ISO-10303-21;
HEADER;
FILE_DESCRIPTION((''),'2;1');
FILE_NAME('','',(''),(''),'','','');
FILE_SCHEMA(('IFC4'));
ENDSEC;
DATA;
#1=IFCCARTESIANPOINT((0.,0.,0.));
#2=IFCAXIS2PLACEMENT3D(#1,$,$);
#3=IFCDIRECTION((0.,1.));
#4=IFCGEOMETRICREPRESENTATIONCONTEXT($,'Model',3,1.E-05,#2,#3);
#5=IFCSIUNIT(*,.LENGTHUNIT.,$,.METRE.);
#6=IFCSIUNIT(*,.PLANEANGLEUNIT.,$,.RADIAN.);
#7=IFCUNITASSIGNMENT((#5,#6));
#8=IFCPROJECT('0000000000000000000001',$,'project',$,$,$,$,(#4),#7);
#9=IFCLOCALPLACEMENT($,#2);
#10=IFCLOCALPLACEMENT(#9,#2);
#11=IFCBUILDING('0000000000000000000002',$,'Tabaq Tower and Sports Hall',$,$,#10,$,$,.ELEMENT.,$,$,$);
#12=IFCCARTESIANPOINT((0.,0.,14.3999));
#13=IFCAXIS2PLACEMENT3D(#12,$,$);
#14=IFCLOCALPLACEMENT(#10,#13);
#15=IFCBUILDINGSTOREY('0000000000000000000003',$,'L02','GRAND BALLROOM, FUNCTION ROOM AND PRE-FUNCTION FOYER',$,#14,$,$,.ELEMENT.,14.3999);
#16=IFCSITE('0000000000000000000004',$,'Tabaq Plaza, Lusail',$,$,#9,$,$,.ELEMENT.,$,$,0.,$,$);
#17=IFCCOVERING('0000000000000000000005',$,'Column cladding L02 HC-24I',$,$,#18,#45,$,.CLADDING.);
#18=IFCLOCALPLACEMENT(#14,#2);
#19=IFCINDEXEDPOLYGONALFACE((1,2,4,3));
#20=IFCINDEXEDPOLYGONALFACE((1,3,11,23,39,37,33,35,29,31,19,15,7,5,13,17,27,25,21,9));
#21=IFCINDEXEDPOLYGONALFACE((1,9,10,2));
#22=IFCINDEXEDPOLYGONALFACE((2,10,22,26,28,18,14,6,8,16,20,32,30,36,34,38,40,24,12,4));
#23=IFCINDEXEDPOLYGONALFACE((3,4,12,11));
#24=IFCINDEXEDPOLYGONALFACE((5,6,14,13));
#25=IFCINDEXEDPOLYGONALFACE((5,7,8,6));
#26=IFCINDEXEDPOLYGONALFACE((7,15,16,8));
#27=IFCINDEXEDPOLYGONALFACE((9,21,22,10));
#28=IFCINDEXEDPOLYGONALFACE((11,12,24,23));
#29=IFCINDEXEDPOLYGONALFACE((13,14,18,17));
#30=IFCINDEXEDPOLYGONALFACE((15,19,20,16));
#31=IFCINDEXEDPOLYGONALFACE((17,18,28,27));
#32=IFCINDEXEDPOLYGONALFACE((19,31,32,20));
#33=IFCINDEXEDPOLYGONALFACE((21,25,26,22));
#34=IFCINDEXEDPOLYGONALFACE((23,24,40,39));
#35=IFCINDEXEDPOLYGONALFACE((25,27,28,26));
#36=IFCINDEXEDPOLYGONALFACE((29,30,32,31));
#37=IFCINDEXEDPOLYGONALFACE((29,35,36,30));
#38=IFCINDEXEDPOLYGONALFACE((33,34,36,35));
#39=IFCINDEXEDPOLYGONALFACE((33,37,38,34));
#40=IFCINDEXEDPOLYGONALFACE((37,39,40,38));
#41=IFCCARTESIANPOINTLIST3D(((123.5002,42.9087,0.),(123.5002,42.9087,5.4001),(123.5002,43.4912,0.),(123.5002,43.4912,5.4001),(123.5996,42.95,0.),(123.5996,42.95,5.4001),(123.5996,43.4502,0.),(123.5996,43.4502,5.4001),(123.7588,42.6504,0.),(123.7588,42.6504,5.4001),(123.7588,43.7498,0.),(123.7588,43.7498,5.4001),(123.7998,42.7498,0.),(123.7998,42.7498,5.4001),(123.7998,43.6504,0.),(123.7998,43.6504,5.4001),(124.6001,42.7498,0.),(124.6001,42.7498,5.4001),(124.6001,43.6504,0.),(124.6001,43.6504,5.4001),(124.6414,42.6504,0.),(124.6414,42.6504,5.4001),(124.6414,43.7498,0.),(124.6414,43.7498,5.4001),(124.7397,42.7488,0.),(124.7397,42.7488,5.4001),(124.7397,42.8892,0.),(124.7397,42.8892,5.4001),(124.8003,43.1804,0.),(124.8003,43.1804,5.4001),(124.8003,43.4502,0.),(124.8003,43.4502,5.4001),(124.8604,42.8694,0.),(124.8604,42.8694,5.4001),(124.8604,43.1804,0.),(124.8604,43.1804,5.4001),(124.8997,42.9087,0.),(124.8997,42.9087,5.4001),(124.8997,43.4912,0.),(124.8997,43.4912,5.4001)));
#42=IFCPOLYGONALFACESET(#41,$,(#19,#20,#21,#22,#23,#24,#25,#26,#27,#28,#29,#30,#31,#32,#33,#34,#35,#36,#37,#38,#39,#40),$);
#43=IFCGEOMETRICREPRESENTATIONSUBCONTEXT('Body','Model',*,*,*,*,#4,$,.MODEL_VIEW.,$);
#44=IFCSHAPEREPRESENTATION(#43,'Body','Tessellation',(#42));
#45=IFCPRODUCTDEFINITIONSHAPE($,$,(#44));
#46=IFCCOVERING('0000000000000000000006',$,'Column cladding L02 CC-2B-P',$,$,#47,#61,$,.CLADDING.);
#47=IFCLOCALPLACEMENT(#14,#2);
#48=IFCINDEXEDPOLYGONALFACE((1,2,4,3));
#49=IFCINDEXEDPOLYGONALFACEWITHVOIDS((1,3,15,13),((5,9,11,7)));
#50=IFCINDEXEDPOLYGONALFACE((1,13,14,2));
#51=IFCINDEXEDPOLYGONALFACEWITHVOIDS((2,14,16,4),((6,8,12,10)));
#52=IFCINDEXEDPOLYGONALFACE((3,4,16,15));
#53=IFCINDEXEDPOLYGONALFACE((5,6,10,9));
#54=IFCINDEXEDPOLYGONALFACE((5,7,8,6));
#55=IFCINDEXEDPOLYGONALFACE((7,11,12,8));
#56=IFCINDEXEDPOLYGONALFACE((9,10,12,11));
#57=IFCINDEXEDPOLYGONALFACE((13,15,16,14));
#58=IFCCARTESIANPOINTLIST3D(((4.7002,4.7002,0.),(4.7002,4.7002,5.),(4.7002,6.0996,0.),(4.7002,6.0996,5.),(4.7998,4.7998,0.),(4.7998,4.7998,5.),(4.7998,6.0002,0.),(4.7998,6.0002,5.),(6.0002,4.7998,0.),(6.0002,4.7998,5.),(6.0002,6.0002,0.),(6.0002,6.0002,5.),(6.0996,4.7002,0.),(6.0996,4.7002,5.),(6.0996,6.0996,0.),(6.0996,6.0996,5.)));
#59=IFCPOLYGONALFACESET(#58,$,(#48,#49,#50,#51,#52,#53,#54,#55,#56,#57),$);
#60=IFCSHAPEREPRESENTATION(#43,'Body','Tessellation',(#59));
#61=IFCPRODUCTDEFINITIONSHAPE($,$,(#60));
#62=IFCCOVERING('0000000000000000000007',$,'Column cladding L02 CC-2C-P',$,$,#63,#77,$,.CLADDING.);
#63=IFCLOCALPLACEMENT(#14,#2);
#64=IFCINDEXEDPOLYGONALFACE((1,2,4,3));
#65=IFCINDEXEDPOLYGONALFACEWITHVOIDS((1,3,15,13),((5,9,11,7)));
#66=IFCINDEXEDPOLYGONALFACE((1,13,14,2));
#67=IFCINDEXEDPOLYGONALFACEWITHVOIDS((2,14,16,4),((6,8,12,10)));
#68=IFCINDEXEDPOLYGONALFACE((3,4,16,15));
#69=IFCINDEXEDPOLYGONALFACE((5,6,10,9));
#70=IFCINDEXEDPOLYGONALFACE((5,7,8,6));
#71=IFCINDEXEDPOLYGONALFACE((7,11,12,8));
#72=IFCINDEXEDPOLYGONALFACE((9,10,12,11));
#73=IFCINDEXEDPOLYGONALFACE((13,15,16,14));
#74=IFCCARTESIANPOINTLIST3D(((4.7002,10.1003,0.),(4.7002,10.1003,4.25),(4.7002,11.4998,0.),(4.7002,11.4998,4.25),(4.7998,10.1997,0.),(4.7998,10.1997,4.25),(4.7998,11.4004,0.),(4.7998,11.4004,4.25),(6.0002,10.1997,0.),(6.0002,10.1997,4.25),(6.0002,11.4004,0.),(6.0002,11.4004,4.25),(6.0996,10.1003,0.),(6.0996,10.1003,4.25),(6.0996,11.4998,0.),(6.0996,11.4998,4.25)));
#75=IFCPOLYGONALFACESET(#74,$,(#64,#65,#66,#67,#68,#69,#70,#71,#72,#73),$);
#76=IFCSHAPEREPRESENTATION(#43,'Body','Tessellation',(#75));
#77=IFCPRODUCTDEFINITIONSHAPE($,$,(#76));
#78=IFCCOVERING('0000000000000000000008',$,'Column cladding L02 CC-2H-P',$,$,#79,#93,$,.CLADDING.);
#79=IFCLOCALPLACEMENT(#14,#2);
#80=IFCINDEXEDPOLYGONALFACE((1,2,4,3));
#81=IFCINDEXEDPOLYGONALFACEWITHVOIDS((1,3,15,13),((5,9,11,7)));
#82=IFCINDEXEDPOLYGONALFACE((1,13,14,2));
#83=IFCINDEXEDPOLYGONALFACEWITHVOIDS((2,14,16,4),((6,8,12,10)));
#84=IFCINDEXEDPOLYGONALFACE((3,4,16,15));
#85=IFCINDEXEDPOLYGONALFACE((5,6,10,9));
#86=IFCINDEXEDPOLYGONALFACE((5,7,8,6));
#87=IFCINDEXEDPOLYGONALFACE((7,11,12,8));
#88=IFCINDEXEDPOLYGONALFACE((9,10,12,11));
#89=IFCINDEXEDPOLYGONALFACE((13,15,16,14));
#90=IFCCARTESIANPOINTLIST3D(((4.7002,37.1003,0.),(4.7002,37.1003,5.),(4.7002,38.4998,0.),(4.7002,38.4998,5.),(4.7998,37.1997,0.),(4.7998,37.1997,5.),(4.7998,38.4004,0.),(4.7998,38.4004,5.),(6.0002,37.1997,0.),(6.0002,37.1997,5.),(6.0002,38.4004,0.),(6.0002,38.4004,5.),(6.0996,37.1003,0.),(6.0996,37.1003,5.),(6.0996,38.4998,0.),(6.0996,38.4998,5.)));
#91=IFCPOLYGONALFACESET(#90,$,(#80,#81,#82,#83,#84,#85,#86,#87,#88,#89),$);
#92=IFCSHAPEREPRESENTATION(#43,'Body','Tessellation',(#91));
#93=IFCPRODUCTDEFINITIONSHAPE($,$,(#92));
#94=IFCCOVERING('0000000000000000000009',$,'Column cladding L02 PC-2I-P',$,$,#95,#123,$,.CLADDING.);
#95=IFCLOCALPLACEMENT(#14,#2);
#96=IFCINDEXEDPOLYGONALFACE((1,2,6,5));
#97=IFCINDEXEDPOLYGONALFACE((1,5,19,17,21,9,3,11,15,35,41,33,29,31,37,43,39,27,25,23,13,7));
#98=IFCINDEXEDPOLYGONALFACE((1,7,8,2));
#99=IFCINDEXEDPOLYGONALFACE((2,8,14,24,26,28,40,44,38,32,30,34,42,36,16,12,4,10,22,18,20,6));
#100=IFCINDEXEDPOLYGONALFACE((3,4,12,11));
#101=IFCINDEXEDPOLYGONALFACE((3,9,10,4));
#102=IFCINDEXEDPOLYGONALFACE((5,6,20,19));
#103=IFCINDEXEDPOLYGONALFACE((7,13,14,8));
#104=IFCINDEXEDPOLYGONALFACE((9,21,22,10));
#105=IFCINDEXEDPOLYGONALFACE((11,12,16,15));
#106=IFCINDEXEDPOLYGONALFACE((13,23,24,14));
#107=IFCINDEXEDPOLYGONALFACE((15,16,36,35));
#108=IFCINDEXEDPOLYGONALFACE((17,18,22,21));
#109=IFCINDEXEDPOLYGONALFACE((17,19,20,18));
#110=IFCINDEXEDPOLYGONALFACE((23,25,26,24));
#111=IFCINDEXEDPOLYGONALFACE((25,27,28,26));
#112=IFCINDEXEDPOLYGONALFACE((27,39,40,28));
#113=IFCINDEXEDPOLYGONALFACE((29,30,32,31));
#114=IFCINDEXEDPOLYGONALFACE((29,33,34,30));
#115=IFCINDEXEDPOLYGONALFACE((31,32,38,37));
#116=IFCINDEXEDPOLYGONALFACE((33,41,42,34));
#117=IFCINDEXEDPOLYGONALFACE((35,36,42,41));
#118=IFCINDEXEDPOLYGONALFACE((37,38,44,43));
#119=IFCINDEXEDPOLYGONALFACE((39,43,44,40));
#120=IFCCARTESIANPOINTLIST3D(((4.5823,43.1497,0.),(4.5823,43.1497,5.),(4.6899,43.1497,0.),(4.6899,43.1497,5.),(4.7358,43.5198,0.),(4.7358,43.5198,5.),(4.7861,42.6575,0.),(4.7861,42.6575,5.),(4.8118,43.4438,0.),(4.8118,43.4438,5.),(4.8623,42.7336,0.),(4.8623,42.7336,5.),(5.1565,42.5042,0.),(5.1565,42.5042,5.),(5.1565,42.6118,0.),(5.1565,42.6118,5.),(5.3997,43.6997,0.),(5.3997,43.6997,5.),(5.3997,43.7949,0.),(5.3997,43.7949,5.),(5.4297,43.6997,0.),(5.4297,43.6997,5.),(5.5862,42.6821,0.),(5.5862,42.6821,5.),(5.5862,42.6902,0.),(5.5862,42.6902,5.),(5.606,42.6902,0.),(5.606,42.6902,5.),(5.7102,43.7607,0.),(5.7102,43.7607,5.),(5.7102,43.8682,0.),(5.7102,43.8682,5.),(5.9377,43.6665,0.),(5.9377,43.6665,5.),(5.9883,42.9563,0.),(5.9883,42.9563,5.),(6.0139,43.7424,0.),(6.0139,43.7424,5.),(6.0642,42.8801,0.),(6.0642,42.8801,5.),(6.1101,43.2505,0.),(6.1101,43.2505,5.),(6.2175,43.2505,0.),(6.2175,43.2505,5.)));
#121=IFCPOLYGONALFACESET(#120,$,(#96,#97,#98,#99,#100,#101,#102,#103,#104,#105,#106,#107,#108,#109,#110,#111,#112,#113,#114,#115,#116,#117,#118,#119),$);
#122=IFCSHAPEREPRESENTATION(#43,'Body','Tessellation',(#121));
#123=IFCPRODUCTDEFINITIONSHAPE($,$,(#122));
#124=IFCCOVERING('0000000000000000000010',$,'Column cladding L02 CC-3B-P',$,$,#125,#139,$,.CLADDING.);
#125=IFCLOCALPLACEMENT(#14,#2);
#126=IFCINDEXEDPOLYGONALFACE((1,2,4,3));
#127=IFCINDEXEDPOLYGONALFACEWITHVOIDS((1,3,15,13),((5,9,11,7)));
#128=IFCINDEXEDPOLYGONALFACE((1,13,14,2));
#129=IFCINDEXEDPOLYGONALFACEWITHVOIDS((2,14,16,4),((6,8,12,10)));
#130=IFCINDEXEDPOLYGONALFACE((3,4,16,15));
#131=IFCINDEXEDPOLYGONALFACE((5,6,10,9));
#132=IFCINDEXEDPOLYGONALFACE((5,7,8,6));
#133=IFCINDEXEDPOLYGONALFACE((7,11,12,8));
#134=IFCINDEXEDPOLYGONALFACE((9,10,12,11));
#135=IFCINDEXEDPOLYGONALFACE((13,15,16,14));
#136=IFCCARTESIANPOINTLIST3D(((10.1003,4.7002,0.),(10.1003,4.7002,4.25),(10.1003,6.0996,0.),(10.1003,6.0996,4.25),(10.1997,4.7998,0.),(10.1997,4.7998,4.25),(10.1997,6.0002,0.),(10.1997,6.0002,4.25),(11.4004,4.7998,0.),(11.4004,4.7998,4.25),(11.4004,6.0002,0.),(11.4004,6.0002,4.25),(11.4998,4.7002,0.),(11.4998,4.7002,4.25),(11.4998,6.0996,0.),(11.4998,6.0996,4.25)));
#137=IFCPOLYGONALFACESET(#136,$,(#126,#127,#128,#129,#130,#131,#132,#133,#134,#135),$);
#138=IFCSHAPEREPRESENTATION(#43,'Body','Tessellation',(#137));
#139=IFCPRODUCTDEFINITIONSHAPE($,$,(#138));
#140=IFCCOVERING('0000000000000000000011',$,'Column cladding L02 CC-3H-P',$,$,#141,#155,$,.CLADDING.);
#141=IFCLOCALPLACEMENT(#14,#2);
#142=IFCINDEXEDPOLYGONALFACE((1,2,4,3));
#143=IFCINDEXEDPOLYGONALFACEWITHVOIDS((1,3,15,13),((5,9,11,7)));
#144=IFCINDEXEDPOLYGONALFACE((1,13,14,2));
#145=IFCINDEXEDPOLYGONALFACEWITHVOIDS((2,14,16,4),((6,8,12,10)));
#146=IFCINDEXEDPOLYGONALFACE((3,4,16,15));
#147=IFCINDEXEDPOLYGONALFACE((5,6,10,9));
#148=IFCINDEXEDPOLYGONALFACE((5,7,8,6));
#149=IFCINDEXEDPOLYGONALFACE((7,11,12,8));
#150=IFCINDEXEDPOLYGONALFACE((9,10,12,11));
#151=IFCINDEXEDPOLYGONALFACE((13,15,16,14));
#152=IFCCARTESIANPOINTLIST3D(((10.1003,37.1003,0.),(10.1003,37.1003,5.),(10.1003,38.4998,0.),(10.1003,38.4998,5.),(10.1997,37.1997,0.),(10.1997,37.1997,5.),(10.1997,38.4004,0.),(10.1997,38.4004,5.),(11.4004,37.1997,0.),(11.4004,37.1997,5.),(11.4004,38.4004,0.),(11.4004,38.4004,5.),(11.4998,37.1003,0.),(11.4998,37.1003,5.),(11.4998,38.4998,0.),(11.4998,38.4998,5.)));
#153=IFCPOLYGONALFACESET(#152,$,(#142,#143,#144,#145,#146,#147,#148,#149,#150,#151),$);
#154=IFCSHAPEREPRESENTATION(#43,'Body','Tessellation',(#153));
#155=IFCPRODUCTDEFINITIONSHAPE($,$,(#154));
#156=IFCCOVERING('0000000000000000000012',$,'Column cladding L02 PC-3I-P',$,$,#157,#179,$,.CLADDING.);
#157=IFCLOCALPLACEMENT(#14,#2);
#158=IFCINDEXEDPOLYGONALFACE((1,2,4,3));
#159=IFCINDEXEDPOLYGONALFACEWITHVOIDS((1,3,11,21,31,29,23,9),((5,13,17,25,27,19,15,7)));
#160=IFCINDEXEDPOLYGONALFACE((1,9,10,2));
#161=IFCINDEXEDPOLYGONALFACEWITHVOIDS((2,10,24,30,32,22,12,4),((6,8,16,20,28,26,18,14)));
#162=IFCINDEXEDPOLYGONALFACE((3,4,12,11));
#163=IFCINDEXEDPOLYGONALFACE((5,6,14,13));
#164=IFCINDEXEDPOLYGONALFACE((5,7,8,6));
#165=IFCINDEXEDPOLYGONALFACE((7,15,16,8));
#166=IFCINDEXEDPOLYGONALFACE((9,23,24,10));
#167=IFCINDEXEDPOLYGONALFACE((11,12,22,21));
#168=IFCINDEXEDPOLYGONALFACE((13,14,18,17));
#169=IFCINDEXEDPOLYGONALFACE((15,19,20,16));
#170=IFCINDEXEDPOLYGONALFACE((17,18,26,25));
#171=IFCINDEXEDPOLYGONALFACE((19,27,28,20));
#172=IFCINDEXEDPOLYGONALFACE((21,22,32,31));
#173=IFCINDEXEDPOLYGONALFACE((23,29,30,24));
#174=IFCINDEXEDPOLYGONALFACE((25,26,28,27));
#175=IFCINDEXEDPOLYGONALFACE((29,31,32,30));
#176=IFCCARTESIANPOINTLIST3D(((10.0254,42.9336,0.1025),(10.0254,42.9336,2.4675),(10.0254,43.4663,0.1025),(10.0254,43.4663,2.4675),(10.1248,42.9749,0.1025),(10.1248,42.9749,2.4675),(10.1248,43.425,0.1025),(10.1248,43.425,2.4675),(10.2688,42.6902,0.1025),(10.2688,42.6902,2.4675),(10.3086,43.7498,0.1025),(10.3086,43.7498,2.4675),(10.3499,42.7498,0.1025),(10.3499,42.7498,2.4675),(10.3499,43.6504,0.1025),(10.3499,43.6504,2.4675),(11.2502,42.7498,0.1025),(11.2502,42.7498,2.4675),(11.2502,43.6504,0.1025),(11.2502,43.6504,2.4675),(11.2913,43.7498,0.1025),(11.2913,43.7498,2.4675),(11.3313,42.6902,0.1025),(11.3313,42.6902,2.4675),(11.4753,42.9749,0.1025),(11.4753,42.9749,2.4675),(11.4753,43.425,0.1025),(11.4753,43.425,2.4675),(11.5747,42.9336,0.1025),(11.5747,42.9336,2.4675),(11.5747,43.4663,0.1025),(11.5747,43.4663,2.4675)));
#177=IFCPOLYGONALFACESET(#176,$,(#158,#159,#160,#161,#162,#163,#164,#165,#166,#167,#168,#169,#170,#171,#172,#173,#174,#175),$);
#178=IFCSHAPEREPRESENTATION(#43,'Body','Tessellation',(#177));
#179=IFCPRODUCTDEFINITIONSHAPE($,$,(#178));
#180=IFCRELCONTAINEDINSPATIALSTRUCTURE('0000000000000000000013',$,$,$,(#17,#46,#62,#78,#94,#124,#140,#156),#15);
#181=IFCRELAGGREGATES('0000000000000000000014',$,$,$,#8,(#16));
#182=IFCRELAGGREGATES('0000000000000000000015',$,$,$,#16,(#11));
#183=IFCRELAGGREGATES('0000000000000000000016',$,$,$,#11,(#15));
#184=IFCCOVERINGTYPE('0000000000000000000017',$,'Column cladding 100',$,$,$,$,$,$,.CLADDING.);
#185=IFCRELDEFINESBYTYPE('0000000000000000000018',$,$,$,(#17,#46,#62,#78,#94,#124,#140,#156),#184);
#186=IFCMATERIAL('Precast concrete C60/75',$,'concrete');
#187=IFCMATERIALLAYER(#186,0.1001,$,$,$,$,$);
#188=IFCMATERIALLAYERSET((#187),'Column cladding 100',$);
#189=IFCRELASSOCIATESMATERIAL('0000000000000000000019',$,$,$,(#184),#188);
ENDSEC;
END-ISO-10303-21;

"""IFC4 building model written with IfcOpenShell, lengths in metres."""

from ifc_helpers import new_model, si_unit, direction, frame, origin, place, context, subcontext, project, spatial, polyline, outline, extrude, material, layer, layer_set, type_object, element, save


model = new_model("IFC4")

# Units and contexts
model_context = context("Model", 3, precision=1e-05, world=origin(), true_north=direction((0.0, 1.0)))
body_context = subcontext(model_context, "Body", "Model", "MODEL_VIEW")
ifc_project = project(units=[si_unit("LENGTHUNIT", "METRE"), si_unit("PLANEANGLEUNIT", "RADIAN")], contexts=[model_context])

# Site, building, storey
site_placement = place(None, origin())
site = spatial("IfcSite", under=ifc_project, at=site_placement, Name="Tabaq Plaza, Lusail", CompositionType="ELEMENT", RefElevation=0.0)
building_placement = place(site_placement, origin())
building = spatial("IfcBuilding", under=site, at=building_placement, Name="Tabaq Tower and Sports Hall", CompositionType="ELEMENT")
storey_placement = place(building_placement, frame((0.0, 0.0, 14.3999)))
storey = spatial("IfcBuildingStorey", under=building, at=storey_placement, Name="L02", Description="GRAND BALLROOM, FUNCTION ROOM AND PRE-FUNCTION FOYER", CompositionType="ELEMENT", Elevation=14.3999)

# Coverings
ifc_material = material(Name="Precast concrete C60/75", Category="concrete")
ifc_layer = layer(ifc_material, 0.1001)
ifc_layer_set = layer_set([ifc_layer], Name="Column cladding 100")
covering_type = type_object("IfcCoveringType", Name="Column cladding 100", PredefinedType="CLADDING", material=ifc_layer_set)
covering_1_placement = place(storey_placement, origin())
element("IfcCovering", 1, at=covering_1_placement, inside=storey, type_object=covering_type, Name="Column cladding L02 HC-24I", PredefinedType="CLADDING", context=body_context, shape_type="SweptSolid", body=[
    extrude(outline(polyline([(123.5002, 43.4912), (123.7588, 43.7498), (124.6414, 43.7498), (124.8997, 43.4912), (124.8997, 42.9087), (124.8604, 42.8694), (124.8604, 43.1804), (124.8003, 43.1804), (124.8003, 43.4502), (124.6001, 43.6504), (123.7998, 43.6504), (123.5996, 43.4502), (123.5996, 42.95), (123.7998, 42.7498), (124.6001, 42.7498), (124.7397, 42.8892), (124.7397, 42.7488), (124.6414, 42.6504), (123.7588, 42.6504), (123.5002, 42.9087), (123.5002, 43.4912)])), origin(), (0.0, 0.0, 1.0), 5.4001),
])
covering_2_placement = place(storey_placement, origin())
element("IfcCovering", 2, at=covering_2_placement, inside=storey, type_object=covering_type, Name="Column cladding L02 CC-2B-P", PredefinedType="CLADDING", context=body_context, shape_type="SweptSolid", body=[
    extrude(outline(polyline([(4.7002, 6.0996), (6.0996, 6.0996), (6.0996, 4.7002), (4.7002, 4.7002), (4.7002, 6.0996)]), holes=[polyline([(6.0002, 4.7998), (6.0002, 6.0002), (4.7998, 6.0002), (4.7998, 4.7998), (6.0002, 4.7998)])]), origin(), (0.0, 0.0, 1.0), 5.0),
])
covering_3_placement = place(storey_placement, origin())
element("IfcCovering", 3, at=covering_3_placement, inside=storey, type_object=covering_type, Name="Column cladding L02 CC-2C-P", PredefinedType="CLADDING", context=body_context, shape_type="SweptSolid", body=[
    extrude(outline(polyline([(4.7002, 11.4998), (6.0996, 11.4998), (6.0996, 10.1003), (4.7002, 10.1003), (4.7002, 11.4998)]), holes=[polyline([(6.0002, 10.1997), (6.0002, 11.4004), (4.7998, 11.4004), (4.7998, 10.1997), (6.0002, 10.1997)])]), origin(), (0.0, 0.0, 1.0), 4.25),
])
covering_4_placement = place(storey_placement, origin())
element("IfcCovering", 4, at=covering_4_placement, inside=storey, type_object=covering_type, Name="Column cladding L02 CC-2H-P", PredefinedType="CLADDING", context=body_context, shape_type="SweptSolid", body=[
    extrude(outline(polyline([(4.7002, 38.4998), (6.0996, 38.4998), (6.0996, 37.1003), (4.7002, 37.1003), (4.7002, 38.4998)]), holes=[polyline([(6.0002, 37.1997), (6.0002, 38.4004), (4.7998, 38.4004), (4.7998, 37.1997), (6.0002, 37.1997)])]), origin(), (0.0, 0.0, 1.0), 5.0),
])
covering_5_placement = place(storey_placement, origin())
element("IfcCovering", 5, at=covering_5_placement, inside=storey, type_object=covering_type, Name="Column cladding L02 PC-2I-P", PredefinedType="CLADDING", context=body_context, shape_type="SweptSolid", body=[
    extrude(outline(polyline([(4.5823, 43.1497), (4.7358, 43.5198), (5.3997, 43.7949), (5.3997, 43.6997), (5.4297, 43.6997), (4.8118, 43.4438), (4.6899, 43.1497), (4.8623, 42.7336), (5.1565, 42.6118), (5.9883, 42.9563), (6.1101, 43.2505), (5.9377, 43.6665), (5.7102, 43.7607), (5.7102, 43.8682), (6.0139, 43.7424), (6.2175, 43.2505), (6.0642, 42.8801), (5.606, 42.6902), (5.5862, 42.6902), (5.5862, 42.6821), (5.1565, 42.5042), (4.7861, 42.6575), (4.5823, 43.1497)])), origin(), (0.0, 0.0, 1.0), 5.0),
])
covering_6_placement = place(storey_placement, origin())
element("IfcCovering", 6, at=covering_6_placement, inside=storey, type_object=covering_type, Name="Column cladding L02 CC-3B-P", PredefinedType="CLADDING", context=body_context, shape_type="SweptSolid", body=[
    extrude(outline(polyline([(10.1003, 6.0996), (11.4998, 6.0996), (11.4998, 4.7002), (10.1003, 4.7002), (10.1003, 6.0996)]), holes=[polyline([(11.4004, 4.7998), (11.4004, 6.0002), (10.1997, 6.0002), (10.1997, 4.7998), (11.4004, 4.7998)])]), origin(), (0.0, 0.0, 1.0), 4.25),
])
covering_7_placement = place(storey_placement, origin())
element("IfcCovering", 7, at=covering_7_placement, inside=storey, type_object=covering_type, Name="Column cladding L02 CC-3H-P", PredefinedType="CLADDING", context=body_context, shape_type="SweptSolid", body=[
    extrude(outline(polyline([(10.1003, 38.4998), (11.4998, 38.4998), (11.4998, 37.1003), (10.1003, 37.1003), (10.1003, 38.4998)]), holes=[polyline([(11.4004, 37.1997), (11.4004, 38.4004), (10.1997, 38.4004), (10.1997, 37.1997), (11.4004, 37.1997)])]), origin(), (0.0, 0.0, 1.0), 5.0),
])
covering_8_placement = place(storey_placement, frame((0.0, 0.0, 0.1025)))
element("IfcCovering", 8, at=covering_8_placement, inside=storey, type_object=covering_type, Name="Column cladding L02 PC-3I-P", PredefinedType="CLADDING", context=body_context, shape_type="SweptSolid", body=[
    extrude(outline(polyline([(10.0254, 43.4663), (10.3086, 43.7498), (11.2913, 43.7498), (11.5747, 43.4663), (11.5747, 42.9336), (11.3313, 42.6902), (10.2688, 42.6902), (10.0254, 42.9336), (10.0254, 43.4663)]), holes=[polyline([(11.4753, 42.9749), (11.4753, 43.425), (11.2502, 43.6504), (10.3499, 43.6504), (10.1248, 43.425), (10.1248, 42.9749), (10.3499, 42.7498), (11.2502, 42.7498), (11.4753, 42.9749)])]), origin(), (0.0, 0.0, 1.0), 2.365),
])

save(model, "model.ifc")
